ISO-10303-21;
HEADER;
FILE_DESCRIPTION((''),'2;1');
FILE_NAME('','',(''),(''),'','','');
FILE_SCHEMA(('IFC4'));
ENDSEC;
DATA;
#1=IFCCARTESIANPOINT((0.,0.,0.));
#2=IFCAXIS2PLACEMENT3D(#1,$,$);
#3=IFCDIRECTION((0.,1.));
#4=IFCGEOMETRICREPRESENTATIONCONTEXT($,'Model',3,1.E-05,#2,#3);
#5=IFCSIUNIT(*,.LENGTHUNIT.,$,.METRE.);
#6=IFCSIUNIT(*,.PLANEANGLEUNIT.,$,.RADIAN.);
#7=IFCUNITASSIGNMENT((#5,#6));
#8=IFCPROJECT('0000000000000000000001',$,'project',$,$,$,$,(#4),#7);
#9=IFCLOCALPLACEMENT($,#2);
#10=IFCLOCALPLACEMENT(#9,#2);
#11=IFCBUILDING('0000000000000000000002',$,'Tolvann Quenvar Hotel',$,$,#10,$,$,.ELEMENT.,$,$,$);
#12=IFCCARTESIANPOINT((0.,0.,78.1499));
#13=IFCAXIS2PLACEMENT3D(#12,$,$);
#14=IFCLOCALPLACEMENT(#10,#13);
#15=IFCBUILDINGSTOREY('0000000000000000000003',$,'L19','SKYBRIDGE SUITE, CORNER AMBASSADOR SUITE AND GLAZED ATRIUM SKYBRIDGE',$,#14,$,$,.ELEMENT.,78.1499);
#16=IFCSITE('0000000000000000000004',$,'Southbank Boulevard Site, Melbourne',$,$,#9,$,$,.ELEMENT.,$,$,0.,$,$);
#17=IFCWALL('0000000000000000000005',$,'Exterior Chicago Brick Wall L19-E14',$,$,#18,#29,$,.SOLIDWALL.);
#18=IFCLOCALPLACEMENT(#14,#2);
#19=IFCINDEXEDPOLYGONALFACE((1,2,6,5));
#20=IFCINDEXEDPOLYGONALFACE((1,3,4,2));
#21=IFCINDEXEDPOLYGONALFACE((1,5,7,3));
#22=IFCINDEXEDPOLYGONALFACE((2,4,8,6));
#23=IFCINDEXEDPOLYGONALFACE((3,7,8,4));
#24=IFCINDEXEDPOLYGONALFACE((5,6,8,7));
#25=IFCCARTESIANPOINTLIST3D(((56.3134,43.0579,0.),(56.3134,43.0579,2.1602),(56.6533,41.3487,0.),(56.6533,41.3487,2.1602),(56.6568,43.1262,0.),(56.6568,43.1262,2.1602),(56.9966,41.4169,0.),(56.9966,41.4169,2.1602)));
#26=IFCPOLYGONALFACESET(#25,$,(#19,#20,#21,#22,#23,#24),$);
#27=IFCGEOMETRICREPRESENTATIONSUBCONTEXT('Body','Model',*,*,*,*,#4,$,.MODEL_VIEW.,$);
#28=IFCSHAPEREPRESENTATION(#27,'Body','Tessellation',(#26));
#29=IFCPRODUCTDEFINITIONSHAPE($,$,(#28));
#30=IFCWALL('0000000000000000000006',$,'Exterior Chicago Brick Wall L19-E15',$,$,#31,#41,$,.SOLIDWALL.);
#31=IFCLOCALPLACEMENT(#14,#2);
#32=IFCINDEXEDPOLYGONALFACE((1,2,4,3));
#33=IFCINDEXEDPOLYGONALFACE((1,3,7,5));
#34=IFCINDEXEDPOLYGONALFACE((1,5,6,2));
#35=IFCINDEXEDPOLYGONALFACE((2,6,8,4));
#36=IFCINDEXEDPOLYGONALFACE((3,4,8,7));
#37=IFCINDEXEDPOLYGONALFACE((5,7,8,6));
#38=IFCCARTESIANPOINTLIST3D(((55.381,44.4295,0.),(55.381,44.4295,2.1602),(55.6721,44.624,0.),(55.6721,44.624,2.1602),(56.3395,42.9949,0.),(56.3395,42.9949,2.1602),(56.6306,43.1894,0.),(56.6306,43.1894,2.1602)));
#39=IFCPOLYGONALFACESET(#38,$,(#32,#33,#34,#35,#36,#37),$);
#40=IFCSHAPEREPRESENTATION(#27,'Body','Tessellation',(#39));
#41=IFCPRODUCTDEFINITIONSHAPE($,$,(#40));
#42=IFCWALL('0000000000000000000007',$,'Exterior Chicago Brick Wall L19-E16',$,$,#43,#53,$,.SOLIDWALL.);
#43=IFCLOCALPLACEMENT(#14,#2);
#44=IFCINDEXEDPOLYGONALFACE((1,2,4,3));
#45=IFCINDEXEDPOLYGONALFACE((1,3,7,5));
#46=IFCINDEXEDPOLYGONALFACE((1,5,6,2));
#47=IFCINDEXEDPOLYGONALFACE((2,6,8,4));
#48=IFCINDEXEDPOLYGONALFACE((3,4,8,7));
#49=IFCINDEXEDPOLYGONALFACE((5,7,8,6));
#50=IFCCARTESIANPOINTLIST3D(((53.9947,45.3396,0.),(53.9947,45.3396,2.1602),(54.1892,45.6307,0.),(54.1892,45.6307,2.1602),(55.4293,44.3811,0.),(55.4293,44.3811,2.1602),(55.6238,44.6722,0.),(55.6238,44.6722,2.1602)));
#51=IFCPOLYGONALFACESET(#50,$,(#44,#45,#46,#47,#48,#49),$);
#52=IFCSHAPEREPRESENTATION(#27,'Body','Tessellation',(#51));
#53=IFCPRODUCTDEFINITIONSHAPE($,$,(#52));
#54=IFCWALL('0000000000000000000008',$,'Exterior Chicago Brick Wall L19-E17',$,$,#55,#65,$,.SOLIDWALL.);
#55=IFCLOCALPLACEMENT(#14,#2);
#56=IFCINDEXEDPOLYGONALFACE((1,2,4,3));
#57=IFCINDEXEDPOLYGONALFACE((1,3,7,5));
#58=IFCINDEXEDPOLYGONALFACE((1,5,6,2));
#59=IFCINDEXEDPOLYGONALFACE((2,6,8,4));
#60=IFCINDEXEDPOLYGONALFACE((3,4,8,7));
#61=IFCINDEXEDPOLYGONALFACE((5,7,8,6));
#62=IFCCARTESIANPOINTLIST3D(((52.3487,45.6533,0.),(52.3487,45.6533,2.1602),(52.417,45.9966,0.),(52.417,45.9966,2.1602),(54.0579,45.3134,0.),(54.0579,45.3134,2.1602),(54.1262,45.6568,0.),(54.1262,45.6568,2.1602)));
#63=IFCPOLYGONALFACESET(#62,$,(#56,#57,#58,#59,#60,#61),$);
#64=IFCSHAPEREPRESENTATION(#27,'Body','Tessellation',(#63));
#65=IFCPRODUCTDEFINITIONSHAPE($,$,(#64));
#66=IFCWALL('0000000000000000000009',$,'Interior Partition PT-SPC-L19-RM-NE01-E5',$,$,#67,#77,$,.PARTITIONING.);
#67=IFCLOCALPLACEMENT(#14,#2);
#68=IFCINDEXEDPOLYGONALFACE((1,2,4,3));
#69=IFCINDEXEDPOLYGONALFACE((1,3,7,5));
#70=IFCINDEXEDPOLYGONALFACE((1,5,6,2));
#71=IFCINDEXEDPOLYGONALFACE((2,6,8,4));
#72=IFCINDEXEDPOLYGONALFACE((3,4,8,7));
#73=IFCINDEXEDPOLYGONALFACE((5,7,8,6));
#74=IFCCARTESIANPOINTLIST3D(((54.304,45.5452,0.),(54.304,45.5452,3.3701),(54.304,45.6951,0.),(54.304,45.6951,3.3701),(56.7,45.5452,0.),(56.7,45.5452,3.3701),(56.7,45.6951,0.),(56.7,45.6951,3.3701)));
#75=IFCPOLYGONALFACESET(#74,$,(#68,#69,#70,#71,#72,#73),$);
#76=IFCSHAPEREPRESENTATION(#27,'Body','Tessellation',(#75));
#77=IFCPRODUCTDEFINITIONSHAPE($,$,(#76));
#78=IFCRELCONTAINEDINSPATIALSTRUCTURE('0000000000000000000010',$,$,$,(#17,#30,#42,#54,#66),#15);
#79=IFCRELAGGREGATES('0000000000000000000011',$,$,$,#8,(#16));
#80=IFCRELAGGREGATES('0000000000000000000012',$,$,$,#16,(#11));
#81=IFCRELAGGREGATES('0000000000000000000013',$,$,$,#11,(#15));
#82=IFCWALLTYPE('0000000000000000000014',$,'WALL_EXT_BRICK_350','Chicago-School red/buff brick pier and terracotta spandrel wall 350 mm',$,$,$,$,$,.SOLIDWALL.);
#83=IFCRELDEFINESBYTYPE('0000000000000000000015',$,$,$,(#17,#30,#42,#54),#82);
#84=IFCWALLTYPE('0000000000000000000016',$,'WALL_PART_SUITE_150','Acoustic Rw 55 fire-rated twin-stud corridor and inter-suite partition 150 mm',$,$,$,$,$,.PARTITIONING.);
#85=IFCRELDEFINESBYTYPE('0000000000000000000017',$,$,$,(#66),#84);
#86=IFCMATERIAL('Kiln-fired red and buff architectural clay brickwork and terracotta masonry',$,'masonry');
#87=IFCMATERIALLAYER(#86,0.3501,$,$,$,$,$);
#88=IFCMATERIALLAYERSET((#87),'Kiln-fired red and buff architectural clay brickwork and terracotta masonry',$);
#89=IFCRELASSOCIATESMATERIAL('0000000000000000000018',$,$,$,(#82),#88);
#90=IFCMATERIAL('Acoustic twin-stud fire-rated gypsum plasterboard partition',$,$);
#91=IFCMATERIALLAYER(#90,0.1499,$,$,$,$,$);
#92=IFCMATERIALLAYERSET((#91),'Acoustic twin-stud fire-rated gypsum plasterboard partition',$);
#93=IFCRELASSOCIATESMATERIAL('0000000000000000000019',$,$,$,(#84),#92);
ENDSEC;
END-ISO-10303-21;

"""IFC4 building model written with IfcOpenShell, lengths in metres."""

from ifc_helpers import new_model, si_unit, direction, frame, frame_2d, origin, place, context, subcontext, project, spatial, rectangle, extrude, material, layer, layer_set, type_object, element, save


model = new_model("IFC4")

# Units and contexts
model_context = context("Model", 3, precision=1e-05, world=origin(), true_north=direction((0.0, 1.0)))
body_context = subcontext(model_context, "Body", "Model", "MODEL_VIEW")
ifc_project = project(units=[si_unit("LENGTHUNIT", "METRE"), si_unit("PLANEANGLEUNIT", "RADIAN")], contexts=[model_context])

# Site, building, storey
site_placement = place(None, origin())
site = spatial("IfcSite", under=ifc_project, at=site_placement, Name="Southbank Boulevard Site, Melbourne", CompositionType="ELEMENT", RefElevation=0.0)
building_placement = place(site_placement, origin())
building = spatial("IfcBuilding", under=site, at=building_placement, Name="Tolvann Quenvar Hotel", CompositionType="ELEMENT")
storey_placement = place(building_placement, frame((0.0, 0.0, 78.1499)))
storey = spatial("IfcBuildingStorey", under=building, at=storey_placement, Name="L19", Description="SKYBRIDGE SUITE, CORNER AMBASSADOR SUITE AND GLAZED ATRIUM SKYBRIDGE", CompositionType="ELEMENT", Elevation=78.1499)

# Walls
ifc_material_1 = material(Name="Kiln-fired red and buff architectural clay brickwork and terracotta masonry", Category="masonry")
ifc_layer_1 = layer(ifc_material_1, 0.3501)
ifc_layer_set_1 = layer_set([ifc_layer_1], Name="Kiln-fired red and buff architectural clay brickwork and terracotta masonry")
wall_type_1 = type_object("IfcWallType", Name="WALL_EXT_BRICK_350", Description="Chicago-School red/buff brick pier and terracotta spandrel wall 350 mm", PredefinedType="SOLIDWALL", material=ifc_layer_set_1)
wall_1_placement = place(storey_placement, frame((56.825, 41.3828, 0.0), z_axis=(0.0, 0.0, 1.0), x_axis=(-0.195011, 0.980801, 0.0)))
element("IfcWall", 1, at=wall_1_placement, inside=storey, type_object=wall_type_1, Name="Exterior Chicago Brick Wall L19-E14", PredefinedType="SOLIDWALL", context=body_context, shape_type="SweptSolid", body=[
    extrude(rectangle(XDim=1.7427, YDim=0.3501, at=frame_2d((0.8713, 0.0))), origin(), (0.0, 0.0, 1.0), 2.1602),
])
for number, where, z_axis, x_axis, name in (
    (2, (56.4851, 43.092, 0.0), (0.0, 0.0, 1.0), (-0.555549, 0.831484, 0.0), "Exterior Chicago Brick Wall L19-E15"),
    (3, (55.5266, 44.5266, 0.0), (0.0, 0.0, 1.0), (-0.831484, 0.555549, 0.0), "Exterior Chicago Brick Wall L19-E16"),
):
    element("IfcWall", number, at=place(storey_placement, frame(where, z_axis=z_axis, x_axis=x_axis)), inside=storey, type_object=wall_type_1, Name=name, PredefinedType="SOLIDWALL", context=body_context, shape_type="SweptSolid", body=[
        extrude(rectangle(XDim=1.7253, YDim=0.3501, at=frame_2d((0.8628, 0.0))), origin(), (0.0, 0.0, 1.0), 2.1602),
    ])
wall_2_placement = place(storey_placement, frame((54.092, 45.4851, 0.0), z_axis=(0.0, 0.0, 1.0), x_axis=(-0.980801, 0.195011, 0.0)))
element("IfcWall", 4, at=wall_2_placement, inside=storey, type_object=wall_type_1, Name="Exterior Chicago Brick Wall L19-E17", PredefinedType="SOLIDWALL", context=body_context, shape_type="SweptSolid", body=[
    extrude(rectangle(XDim=1.7427, YDim=0.3501, at=frame_2d((0.8713, 0.0))), origin(), (0.0, 0.0, 1.0), 2.1602),
])

# Wall
ifc_material_2 = material(Name="Acoustic twin-stud fire-rated gypsum plasterboard partition")
ifc_layer_2 = layer(ifc_material_2, 0.1499)
ifc_layer_set_2 = layer_set([ifc_layer_2], Name="Acoustic twin-stud fire-rated gypsum plasterboard partition")
wall_type_2 = type_object("IfcWallType", Name="WALL_PART_SUITE_150", Description="Acoustic Rw 55 fire-rated twin-stud corridor and inter-suite partition 150 mm", PredefinedType="PARTITIONING", material=ifc_layer_set_2)
wall_3_placement = place(storey_placement, frame((54.304, 45.6201, 0.0), z_axis=(0.0, 0.0, 1.0), x_axis=(1.0, 0.0, 0.0)))
element("IfcWall", 5, at=wall_3_placement, inside=storey, type_object=wall_type_2, Name="Interior Partition PT-SPC-L19-RM-NE01-E5", PredefinedType="PARTITIONING", context=body_context, shape_type="SweptSolid", body=[
    extrude(rectangle(XDim=2.396, YDim=0.1499, at=frame_2d((1.198, 0.0))), origin(), (0.0, 0.0, 1.0), 3.3701),
])

save(model, "model.ifc")
